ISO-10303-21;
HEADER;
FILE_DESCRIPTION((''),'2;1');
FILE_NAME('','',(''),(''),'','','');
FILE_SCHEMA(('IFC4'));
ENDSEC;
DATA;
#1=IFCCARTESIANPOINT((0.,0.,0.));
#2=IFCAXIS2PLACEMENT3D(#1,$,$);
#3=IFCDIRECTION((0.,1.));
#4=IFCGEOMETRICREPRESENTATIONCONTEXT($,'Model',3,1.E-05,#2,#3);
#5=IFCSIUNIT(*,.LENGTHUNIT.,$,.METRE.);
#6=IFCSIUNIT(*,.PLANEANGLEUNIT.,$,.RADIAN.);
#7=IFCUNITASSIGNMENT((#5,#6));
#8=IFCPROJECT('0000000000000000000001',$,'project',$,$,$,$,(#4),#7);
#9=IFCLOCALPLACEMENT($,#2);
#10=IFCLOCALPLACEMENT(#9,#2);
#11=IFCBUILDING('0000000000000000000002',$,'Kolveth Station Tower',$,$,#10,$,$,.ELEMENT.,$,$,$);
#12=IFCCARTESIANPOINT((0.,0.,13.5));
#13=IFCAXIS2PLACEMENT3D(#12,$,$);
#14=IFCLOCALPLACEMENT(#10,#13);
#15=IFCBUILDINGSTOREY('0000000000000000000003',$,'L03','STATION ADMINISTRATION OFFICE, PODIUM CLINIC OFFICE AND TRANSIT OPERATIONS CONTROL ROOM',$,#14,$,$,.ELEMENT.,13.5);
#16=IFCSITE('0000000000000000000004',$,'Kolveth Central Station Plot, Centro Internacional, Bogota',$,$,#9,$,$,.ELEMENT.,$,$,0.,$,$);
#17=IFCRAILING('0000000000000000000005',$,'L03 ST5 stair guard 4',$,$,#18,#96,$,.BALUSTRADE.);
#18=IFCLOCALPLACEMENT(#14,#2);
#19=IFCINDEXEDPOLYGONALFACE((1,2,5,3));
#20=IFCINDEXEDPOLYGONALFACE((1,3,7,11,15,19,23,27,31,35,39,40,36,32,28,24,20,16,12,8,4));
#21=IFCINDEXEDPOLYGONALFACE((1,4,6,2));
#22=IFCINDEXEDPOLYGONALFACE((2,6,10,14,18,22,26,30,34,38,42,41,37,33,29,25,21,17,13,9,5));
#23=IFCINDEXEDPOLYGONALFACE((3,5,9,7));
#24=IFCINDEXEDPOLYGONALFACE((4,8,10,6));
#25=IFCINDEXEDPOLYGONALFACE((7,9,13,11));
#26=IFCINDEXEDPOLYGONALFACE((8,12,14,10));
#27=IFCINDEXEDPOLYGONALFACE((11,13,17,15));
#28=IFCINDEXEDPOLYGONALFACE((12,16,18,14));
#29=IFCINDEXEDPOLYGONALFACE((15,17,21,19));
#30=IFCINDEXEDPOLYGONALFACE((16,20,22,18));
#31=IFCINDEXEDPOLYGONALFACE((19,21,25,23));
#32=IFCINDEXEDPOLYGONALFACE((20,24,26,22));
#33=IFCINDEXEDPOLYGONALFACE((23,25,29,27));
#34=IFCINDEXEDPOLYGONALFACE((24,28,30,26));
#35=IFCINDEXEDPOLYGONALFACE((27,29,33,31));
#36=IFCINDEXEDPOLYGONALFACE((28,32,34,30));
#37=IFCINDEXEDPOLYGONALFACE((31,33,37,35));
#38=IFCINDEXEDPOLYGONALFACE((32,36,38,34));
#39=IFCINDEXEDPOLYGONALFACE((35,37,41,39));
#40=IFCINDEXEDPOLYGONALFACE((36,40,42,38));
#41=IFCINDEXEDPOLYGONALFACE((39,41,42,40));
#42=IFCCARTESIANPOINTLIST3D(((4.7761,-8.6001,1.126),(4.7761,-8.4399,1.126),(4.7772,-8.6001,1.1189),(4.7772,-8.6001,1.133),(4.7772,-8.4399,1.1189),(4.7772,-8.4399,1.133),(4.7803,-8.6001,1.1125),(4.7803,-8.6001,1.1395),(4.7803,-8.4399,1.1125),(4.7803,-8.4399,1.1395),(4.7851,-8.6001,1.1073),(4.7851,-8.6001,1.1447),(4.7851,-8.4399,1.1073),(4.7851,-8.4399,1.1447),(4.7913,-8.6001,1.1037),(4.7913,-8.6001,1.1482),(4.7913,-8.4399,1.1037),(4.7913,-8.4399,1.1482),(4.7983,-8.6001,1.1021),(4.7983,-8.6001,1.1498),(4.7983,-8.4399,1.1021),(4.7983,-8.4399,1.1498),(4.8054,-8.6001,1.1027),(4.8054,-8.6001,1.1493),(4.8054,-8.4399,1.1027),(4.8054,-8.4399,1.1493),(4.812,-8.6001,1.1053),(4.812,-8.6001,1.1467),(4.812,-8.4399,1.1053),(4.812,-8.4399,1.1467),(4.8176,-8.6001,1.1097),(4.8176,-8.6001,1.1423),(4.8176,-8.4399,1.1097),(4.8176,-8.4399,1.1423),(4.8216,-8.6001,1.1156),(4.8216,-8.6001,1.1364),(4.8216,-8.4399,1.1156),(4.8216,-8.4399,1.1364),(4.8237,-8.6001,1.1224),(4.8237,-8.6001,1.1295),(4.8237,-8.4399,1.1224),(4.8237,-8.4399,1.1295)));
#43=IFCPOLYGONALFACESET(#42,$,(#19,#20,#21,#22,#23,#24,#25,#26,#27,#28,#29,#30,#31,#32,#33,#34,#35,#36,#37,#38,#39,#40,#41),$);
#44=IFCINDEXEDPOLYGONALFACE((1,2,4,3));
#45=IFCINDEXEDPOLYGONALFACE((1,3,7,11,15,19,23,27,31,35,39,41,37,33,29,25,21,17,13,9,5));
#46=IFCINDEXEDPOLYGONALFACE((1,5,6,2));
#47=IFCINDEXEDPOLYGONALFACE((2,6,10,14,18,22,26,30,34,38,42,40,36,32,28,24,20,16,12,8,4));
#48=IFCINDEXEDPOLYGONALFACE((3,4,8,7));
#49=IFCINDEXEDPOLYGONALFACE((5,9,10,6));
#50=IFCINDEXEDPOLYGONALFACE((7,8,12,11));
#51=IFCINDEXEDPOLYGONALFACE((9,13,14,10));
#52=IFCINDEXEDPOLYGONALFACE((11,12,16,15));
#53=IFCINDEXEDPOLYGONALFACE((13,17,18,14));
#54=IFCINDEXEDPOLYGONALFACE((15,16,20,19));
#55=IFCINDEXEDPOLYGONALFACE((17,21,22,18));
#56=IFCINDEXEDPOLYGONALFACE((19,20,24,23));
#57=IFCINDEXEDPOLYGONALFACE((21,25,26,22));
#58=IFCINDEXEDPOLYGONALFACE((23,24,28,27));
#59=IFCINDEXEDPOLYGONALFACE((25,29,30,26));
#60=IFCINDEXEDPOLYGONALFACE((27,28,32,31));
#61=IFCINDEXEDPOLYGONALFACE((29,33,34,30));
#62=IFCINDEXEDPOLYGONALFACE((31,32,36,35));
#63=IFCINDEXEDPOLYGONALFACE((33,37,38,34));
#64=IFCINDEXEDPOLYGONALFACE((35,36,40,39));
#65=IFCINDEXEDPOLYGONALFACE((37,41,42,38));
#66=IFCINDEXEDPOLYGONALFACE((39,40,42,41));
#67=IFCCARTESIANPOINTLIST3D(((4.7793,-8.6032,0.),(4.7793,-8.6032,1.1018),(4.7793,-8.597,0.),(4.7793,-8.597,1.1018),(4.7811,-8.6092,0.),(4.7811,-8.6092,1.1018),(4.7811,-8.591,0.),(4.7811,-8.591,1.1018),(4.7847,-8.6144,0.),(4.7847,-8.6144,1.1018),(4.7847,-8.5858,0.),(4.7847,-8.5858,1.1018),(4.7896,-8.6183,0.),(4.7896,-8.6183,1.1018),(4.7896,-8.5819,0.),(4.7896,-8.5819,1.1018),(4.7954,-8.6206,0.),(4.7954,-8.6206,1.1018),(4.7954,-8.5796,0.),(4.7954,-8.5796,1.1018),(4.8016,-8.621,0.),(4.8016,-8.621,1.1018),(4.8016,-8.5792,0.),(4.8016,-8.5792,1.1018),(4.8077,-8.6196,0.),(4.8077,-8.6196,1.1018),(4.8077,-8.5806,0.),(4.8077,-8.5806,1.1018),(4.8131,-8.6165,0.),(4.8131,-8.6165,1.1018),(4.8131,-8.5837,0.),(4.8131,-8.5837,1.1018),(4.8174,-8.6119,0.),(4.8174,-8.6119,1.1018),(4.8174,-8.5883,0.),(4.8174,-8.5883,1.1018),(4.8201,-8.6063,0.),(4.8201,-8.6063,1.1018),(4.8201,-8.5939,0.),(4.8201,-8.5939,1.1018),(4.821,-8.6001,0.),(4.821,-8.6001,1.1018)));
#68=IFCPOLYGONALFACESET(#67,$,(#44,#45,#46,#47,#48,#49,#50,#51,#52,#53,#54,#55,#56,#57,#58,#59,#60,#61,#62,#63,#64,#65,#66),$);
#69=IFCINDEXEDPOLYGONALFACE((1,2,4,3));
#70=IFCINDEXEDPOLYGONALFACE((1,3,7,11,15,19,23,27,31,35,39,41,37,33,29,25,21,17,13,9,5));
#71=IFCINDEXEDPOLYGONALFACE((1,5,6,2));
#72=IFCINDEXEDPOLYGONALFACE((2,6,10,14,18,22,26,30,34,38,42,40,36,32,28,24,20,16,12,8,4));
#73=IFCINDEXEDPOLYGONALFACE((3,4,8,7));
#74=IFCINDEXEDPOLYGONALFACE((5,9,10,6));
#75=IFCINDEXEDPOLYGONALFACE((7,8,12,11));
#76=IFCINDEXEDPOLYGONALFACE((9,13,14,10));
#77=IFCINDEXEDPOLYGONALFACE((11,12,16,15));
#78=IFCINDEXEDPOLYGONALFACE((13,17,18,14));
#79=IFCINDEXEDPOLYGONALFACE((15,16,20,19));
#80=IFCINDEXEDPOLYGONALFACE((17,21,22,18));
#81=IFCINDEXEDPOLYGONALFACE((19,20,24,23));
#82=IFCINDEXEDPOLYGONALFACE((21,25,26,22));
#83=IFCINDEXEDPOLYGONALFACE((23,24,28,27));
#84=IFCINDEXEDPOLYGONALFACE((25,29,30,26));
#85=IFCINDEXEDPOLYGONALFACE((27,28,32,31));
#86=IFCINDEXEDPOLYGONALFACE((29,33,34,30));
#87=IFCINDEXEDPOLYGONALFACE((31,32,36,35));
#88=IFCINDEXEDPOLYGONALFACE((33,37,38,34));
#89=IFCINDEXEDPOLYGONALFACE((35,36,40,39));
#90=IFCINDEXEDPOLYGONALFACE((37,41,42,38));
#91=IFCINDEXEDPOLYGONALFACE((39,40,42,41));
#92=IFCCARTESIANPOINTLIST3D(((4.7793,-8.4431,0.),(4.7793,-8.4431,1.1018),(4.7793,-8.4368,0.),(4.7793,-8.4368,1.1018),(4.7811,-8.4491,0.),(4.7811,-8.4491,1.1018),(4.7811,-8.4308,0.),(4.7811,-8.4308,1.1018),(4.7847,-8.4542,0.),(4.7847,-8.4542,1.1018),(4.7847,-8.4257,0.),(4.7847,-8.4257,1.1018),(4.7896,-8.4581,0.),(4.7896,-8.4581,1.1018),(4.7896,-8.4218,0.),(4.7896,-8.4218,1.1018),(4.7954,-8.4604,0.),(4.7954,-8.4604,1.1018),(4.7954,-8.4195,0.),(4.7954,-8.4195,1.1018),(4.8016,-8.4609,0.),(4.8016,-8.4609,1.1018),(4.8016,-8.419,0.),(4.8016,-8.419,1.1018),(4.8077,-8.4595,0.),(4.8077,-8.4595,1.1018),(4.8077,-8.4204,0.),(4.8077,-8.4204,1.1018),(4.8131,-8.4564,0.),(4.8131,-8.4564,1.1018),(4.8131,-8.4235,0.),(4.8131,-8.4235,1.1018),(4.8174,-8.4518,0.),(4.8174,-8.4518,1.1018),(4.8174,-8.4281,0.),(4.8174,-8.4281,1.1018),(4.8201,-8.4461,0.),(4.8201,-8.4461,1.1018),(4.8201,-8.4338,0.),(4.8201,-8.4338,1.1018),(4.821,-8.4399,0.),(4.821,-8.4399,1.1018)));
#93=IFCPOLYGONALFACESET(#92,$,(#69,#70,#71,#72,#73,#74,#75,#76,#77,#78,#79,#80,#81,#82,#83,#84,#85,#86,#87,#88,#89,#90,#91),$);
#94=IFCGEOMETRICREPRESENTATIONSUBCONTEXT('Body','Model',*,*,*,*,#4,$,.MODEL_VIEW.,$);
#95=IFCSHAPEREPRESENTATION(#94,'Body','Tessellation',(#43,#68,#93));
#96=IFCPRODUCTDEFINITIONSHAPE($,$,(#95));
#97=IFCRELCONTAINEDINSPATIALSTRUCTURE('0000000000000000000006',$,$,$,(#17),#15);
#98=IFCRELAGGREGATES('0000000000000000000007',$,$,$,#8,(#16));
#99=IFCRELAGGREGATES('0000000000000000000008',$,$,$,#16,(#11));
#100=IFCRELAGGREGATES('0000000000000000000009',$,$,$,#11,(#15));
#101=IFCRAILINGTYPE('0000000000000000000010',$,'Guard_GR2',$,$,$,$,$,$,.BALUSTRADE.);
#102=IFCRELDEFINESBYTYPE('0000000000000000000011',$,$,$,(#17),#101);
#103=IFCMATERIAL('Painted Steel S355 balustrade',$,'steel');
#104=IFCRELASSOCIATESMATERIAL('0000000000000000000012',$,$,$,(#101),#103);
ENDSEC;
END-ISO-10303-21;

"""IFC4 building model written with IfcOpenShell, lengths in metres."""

from ifc_helpers import new_model, si_unit, direction, frame, origin, origin_2d, place, context, subcontext, project, spatial, circle, extrude, material, type_object, element, save


model = new_model("IFC4")

# Units and contexts
model_context = context("Model", 3, precision=1e-05, world=origin(), true_north=direction((0.0, 1.0)))
body_context = subcontext(model_context, "Body", "Model", "MODEL_VIEW")
ifc_project = project(units=[si_unit("LENGTHUNIT", "METRE"), si_unit("PLANEANGLEUNIT", "RADIAN")], contexts=[model_context])

# Site, building, storey
site_placement = place(None, origin())
site = spatial("IfcSite", under=ifc_project, at=site_placement, Name="Kolveth Central Station Plot, Centro Internacional, Bogota", CompositionType="ELEMENT", RefElevation=0.0)
building_placement = place(site_placement, origin())
building = spatial("IfcBuilding", under=site, at=building_placement, Name="Kolveth Station Tower", CompositionType="ELEMENT")
storey_placement = place(building_placement, frame((0.0, 0.0, 13.5)))
storey = spatial("IfcBuildingStorey", under=building, at=storey_placement, Name="L03", Description="STATION ADMINISTRATION OFFICE, PODIUM CLINIC OFFICE AND TRANSIT OPERATIONS CONTROL ROOM", CompositionType="ELEMENT", Elevation=13.5)

# Railing
ifc_material_1 = material(Name="Painted Steel S355 balustrade", Category="steel")
railing_type_1 = type_object("IfcRailingType", Name="Guard_GR2", PredefinedType="BALUSTRADE", material=ifc_material_1)
railing_1_placement = place(storey_placement, frame((4.8, -8.6001, 0.0)))
element("IfcRailing", 1, at=railing_1_placement, inside=storey, type_object=railing_type_1, Name="L03 ST5 stair guard 4", PredefinedType="BALUSTRADE", context=body_context, shape_type="SweptSolid", body=[
    extrude(circle(Radius=0.0239, at=origin_2d()), frame((0.0, 0.0, 1.126), z_axis=(0.0, 1.0, 0.0), x_axis=(-1.0, 0.0, 0.0)), (0.0, 0.0, 1.0), 0.1602),
    extrude(circle(Radius=0.021, at=origin_2d()), origin(), (0.0, 0.0, 1.0), 1.1018),
    extrude(circle(Radius=0.021, at=origin_2d()), frame((0.0, 0.1602, 0.0)), (0.0, 0.0, 1.0), 1.1018),
])

save(model, "model.ifc")
